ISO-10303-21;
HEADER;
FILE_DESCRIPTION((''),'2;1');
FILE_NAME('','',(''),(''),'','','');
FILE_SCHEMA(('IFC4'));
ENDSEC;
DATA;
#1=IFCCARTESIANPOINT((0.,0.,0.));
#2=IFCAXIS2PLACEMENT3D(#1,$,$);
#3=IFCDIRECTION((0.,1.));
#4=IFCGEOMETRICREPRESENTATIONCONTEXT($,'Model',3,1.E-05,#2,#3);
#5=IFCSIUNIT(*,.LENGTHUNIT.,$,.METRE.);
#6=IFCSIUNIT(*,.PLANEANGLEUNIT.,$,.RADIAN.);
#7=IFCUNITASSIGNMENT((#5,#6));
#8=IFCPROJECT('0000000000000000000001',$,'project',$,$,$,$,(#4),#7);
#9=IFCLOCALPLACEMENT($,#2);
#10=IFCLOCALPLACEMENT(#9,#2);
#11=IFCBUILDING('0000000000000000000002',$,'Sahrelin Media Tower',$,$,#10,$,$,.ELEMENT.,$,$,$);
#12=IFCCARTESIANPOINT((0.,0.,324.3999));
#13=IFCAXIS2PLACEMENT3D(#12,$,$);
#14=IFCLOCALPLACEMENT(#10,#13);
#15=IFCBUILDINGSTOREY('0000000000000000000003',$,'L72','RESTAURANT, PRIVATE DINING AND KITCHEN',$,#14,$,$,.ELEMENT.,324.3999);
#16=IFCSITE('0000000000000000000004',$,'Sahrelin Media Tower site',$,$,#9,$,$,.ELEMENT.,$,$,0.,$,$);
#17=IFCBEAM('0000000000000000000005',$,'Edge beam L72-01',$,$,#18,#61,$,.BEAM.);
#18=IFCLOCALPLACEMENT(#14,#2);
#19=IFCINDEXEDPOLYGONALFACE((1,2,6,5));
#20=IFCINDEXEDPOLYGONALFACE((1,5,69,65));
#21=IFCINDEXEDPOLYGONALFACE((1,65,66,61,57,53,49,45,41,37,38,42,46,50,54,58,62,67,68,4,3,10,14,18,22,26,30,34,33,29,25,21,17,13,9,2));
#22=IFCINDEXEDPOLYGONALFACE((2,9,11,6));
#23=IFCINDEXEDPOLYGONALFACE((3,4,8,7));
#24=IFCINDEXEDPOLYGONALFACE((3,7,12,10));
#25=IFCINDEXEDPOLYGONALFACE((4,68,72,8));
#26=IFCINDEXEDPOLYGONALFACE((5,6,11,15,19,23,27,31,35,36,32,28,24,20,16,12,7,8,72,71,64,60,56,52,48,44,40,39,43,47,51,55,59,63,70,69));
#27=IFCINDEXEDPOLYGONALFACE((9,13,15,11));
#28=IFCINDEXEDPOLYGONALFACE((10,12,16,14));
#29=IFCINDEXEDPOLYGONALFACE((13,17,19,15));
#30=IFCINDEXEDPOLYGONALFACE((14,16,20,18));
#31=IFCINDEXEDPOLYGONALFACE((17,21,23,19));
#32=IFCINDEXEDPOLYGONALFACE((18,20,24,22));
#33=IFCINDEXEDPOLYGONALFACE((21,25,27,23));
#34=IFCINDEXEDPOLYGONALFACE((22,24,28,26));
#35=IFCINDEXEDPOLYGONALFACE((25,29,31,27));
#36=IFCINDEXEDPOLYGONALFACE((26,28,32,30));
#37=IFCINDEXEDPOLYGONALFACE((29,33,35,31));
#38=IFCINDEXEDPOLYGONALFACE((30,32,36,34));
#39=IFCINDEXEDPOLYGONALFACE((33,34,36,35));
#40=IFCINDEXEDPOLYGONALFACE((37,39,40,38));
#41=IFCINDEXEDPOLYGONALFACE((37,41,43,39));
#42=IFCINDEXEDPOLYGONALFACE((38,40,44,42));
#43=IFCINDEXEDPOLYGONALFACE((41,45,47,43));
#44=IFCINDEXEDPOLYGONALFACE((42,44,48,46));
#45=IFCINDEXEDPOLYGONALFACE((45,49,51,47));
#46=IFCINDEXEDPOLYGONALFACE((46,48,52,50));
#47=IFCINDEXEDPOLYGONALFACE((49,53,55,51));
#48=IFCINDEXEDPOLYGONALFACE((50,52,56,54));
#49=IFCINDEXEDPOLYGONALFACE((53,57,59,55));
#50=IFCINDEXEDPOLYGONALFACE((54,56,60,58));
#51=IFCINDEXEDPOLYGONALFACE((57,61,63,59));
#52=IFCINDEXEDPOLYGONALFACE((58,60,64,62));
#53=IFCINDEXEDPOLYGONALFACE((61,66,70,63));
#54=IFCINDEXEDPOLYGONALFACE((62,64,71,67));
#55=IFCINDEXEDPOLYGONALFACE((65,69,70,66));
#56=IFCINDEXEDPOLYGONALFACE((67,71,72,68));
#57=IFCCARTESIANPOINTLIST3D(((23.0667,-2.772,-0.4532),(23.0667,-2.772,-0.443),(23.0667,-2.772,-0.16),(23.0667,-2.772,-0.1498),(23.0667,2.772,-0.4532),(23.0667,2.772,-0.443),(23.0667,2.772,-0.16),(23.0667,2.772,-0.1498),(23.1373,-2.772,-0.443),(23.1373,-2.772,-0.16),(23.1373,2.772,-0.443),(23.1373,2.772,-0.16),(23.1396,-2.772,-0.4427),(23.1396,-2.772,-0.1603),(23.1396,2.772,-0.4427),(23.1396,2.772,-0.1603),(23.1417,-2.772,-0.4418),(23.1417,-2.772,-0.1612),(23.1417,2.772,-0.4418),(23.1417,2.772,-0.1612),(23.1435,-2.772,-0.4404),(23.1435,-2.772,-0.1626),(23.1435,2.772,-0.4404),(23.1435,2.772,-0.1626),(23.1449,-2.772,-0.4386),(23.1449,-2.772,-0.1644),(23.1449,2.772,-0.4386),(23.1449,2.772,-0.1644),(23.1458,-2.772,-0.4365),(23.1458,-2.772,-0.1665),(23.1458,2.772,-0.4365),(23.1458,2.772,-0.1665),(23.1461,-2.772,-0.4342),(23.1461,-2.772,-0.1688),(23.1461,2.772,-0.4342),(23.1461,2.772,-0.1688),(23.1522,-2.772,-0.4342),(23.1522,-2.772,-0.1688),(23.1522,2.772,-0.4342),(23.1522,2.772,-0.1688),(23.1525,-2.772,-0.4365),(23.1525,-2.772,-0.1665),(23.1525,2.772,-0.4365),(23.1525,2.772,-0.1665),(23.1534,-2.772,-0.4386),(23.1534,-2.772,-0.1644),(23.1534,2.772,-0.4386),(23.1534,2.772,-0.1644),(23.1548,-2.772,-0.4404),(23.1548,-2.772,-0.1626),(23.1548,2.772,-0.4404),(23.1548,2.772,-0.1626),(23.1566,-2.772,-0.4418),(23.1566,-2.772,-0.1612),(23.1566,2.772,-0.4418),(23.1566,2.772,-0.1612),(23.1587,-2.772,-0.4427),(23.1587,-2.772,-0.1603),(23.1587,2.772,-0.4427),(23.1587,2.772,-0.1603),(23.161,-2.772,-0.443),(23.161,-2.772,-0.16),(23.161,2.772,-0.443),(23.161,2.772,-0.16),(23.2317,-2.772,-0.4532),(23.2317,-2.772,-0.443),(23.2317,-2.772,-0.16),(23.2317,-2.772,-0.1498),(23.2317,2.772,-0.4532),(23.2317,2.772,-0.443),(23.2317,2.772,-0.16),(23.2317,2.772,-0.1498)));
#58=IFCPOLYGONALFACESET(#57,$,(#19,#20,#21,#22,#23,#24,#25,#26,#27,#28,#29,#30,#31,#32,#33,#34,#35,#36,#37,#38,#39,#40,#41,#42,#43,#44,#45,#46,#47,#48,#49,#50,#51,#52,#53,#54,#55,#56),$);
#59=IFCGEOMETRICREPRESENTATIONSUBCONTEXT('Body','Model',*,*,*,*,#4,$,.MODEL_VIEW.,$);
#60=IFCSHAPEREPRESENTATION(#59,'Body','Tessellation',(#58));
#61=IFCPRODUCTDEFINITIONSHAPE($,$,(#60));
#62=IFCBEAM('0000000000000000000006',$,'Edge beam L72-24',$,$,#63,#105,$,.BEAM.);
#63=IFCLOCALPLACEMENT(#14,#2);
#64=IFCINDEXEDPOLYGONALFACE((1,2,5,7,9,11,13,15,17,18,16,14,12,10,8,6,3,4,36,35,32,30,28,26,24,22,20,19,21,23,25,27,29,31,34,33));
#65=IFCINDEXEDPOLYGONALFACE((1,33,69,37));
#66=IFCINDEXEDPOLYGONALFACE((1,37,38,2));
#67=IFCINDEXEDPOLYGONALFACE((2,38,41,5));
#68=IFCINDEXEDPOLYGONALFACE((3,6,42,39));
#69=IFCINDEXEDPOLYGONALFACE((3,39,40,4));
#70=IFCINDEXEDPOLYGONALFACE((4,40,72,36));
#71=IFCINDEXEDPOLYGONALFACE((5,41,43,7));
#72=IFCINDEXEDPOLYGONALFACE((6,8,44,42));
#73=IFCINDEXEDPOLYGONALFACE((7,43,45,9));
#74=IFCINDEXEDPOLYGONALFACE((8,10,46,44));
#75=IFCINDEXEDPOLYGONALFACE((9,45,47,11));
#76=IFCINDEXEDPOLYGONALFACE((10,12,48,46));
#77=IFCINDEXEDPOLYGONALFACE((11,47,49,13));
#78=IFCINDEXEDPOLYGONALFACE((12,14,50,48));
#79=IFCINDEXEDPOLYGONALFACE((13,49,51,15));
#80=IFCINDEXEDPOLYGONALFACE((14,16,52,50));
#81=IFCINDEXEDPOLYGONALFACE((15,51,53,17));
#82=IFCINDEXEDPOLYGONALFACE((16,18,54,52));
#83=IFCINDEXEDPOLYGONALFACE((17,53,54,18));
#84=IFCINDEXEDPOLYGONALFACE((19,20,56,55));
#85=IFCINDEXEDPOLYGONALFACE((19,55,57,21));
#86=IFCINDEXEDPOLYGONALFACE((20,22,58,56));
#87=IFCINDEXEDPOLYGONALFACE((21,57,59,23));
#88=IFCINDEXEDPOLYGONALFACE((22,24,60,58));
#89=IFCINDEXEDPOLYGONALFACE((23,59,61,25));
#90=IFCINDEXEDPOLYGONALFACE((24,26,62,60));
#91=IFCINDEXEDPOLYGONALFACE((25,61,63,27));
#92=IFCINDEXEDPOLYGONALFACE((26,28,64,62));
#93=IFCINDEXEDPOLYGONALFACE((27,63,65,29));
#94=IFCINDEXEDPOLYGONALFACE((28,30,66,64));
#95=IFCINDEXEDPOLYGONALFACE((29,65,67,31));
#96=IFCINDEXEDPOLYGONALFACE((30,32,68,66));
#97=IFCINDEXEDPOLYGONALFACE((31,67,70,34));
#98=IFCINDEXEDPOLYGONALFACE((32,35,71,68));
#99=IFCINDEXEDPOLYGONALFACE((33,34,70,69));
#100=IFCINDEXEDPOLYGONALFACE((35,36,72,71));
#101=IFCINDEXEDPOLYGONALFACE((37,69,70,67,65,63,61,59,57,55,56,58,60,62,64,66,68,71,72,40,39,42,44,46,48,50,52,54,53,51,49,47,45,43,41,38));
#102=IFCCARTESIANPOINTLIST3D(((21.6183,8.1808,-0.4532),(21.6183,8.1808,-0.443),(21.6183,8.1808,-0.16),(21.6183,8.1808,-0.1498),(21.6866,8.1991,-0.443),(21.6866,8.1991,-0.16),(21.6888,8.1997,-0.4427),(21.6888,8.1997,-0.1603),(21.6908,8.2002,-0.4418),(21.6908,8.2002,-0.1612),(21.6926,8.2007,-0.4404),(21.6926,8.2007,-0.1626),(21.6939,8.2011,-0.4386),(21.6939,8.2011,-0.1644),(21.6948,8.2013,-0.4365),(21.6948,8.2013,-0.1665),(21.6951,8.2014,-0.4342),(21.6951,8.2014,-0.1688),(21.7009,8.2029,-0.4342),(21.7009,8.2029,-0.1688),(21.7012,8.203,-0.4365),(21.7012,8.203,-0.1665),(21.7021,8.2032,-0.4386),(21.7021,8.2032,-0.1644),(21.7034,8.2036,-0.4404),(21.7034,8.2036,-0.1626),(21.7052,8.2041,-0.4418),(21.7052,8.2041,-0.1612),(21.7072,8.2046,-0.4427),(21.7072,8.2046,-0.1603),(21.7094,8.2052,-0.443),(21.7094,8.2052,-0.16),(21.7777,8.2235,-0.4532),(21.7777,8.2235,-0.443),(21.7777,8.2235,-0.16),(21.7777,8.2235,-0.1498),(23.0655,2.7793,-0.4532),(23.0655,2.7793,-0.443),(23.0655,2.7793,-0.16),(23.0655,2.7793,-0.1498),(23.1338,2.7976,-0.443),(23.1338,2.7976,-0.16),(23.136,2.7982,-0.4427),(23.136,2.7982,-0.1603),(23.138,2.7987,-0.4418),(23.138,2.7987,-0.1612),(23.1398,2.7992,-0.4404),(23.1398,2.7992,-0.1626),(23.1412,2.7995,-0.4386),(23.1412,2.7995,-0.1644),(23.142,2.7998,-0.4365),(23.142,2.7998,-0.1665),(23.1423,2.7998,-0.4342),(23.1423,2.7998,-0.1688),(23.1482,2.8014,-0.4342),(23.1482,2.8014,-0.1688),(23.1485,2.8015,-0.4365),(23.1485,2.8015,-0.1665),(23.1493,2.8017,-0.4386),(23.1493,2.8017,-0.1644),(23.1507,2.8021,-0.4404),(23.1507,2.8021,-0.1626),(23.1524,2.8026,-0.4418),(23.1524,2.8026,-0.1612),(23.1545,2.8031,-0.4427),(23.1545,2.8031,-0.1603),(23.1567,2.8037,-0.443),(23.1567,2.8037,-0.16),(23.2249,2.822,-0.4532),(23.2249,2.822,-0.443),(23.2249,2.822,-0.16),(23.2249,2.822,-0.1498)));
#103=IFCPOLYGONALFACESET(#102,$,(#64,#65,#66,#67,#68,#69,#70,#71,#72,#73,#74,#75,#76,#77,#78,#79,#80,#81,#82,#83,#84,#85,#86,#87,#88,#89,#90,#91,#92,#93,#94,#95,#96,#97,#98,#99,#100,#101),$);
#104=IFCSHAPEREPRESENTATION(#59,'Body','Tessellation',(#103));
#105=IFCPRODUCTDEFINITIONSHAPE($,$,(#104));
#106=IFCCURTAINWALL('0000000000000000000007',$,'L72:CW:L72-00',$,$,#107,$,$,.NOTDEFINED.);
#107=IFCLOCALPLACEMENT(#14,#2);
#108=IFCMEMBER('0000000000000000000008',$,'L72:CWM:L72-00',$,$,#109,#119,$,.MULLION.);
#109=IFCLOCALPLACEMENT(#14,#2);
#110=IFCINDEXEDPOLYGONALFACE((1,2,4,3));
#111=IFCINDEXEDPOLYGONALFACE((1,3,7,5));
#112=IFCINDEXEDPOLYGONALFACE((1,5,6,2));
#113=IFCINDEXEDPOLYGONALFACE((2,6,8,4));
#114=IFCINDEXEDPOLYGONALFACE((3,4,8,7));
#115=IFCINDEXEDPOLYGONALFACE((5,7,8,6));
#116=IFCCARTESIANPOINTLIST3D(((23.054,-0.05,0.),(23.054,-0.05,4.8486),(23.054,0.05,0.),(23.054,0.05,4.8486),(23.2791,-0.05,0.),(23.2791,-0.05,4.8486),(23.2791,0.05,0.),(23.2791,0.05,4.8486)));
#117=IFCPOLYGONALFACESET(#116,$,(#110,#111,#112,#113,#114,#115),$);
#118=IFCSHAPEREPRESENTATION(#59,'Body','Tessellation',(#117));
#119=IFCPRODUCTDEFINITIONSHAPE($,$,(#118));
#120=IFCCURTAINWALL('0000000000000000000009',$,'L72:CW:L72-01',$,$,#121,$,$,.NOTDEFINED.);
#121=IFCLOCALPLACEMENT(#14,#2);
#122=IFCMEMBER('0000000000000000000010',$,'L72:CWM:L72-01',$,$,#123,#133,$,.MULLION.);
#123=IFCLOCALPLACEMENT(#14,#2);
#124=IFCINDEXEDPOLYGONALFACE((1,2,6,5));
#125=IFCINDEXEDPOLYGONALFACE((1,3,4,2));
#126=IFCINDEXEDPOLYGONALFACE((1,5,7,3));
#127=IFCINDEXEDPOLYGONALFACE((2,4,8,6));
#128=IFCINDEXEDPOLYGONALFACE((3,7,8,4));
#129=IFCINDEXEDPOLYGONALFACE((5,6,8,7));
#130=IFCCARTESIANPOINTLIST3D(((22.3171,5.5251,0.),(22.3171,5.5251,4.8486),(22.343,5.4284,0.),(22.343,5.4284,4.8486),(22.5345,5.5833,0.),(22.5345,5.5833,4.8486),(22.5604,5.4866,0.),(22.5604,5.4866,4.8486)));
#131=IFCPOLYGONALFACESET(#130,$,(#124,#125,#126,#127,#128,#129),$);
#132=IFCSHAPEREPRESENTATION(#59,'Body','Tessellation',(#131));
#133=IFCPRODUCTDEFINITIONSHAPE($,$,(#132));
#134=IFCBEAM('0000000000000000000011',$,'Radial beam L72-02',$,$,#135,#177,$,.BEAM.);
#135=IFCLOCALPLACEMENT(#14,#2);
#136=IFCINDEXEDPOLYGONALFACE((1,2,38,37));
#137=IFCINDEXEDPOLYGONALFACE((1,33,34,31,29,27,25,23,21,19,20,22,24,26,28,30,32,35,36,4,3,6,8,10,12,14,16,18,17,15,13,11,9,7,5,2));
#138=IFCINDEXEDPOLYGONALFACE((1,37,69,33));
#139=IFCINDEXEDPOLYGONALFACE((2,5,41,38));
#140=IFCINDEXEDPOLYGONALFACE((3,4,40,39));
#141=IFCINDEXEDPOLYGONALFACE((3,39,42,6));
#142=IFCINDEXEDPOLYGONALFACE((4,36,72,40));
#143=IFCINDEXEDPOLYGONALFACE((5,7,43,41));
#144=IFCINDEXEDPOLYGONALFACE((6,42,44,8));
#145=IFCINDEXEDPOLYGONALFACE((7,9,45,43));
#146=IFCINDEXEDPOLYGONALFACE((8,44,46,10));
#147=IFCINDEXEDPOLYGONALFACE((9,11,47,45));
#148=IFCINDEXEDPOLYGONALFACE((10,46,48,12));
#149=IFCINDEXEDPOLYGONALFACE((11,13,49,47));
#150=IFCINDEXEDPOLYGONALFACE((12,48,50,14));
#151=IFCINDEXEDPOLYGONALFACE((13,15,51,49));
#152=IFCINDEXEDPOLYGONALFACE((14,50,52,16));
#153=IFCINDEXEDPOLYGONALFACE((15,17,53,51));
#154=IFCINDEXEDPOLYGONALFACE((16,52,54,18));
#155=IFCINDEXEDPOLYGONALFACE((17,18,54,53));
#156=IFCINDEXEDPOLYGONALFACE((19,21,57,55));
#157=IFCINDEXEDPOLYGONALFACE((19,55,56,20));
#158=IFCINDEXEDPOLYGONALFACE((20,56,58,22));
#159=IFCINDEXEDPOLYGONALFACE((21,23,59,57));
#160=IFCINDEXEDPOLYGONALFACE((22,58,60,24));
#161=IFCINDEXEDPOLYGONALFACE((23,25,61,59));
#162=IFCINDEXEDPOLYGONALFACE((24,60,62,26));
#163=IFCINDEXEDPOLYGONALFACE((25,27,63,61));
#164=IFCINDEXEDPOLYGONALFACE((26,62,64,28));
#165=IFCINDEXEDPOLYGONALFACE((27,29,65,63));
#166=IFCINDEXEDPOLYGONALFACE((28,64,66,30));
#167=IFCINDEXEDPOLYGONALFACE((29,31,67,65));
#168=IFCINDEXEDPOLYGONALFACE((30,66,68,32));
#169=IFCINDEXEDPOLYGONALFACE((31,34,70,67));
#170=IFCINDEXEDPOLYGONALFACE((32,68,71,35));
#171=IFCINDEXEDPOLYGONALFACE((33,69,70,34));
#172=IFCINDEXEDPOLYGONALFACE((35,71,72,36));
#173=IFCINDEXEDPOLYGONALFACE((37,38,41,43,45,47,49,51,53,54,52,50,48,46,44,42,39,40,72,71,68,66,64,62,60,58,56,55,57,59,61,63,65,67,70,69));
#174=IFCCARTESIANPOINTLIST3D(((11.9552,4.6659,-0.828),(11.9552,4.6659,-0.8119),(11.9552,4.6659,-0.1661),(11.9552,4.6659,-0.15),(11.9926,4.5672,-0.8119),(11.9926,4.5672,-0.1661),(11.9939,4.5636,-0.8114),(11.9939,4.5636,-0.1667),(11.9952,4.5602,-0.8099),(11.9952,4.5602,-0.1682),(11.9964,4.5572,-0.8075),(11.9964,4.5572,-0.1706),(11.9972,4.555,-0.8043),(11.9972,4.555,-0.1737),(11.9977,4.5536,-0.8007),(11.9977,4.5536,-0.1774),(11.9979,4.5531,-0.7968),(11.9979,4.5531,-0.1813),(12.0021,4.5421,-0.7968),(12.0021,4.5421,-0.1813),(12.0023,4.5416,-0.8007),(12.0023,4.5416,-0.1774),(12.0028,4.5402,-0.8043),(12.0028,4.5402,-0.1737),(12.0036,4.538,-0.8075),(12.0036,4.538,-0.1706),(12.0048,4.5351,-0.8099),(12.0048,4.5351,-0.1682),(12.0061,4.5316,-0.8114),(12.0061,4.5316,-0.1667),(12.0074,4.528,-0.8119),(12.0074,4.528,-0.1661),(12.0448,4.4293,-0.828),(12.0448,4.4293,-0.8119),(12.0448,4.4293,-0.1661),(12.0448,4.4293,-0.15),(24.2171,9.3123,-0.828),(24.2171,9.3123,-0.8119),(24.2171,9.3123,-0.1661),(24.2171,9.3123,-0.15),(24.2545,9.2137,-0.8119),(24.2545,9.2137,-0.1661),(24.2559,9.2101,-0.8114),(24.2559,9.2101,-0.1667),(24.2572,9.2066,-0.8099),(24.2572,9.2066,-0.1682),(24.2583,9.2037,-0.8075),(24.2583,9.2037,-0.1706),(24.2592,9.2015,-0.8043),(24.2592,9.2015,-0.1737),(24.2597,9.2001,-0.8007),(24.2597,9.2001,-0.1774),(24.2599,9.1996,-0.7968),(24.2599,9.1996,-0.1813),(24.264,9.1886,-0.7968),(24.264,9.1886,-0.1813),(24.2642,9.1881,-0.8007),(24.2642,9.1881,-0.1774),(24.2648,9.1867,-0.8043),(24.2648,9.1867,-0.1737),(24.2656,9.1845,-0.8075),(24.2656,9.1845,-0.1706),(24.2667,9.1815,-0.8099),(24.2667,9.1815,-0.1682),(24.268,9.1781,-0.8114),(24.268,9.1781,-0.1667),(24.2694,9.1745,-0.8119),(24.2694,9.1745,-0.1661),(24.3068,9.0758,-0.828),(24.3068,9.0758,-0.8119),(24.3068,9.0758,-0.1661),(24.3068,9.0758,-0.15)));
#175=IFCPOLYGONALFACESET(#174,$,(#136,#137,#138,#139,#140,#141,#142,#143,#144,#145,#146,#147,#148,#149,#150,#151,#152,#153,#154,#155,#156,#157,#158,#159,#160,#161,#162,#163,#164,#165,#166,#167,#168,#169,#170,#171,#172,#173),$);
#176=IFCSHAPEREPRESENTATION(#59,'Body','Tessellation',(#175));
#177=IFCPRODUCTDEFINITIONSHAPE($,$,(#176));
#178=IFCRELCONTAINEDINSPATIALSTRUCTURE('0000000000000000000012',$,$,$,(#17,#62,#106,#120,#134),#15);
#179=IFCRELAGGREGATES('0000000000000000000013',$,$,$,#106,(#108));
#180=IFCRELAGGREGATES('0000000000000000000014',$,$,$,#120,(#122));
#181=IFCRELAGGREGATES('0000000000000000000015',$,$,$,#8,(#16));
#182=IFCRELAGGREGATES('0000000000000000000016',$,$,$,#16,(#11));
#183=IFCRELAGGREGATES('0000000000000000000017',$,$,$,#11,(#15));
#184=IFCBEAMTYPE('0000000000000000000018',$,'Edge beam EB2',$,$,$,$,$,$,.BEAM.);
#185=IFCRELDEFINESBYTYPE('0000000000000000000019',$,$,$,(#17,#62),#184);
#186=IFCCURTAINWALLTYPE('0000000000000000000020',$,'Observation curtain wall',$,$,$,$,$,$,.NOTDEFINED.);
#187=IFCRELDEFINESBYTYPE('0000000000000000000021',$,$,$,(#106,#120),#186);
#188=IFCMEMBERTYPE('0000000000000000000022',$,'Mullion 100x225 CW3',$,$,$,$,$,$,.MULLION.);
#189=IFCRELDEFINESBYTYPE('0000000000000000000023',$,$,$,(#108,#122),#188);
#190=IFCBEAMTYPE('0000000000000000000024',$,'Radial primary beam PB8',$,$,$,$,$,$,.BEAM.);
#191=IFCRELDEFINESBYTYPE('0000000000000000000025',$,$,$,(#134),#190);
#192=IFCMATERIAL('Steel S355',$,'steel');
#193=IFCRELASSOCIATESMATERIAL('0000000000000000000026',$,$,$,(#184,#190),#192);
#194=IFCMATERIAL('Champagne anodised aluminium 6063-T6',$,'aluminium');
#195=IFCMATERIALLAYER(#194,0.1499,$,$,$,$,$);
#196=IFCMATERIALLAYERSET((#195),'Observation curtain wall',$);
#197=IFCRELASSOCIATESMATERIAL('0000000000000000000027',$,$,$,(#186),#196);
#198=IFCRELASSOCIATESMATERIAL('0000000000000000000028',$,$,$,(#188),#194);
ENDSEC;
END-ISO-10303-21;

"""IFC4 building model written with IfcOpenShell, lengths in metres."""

from ifc_helpers import new_model, si_unit, direction, frame, origin, origin_2d, place, context, subcontext, project, spatial, rectangle, i_section, extrude, material, layer, layer_set, material_profile, profile_set, type_object, element, aggregate, save


model = new_model("IFC4")

# Units and contexts
model_context = context("Model", 3, precision=1e-05, world=origin(), true_north=direction((0.0, 1.0)))
body_context = subcontext(model_context, "Body", "Model", "MODEL_VIEW")
ifc_project = project(units=[si_unit("LENGTHUNIT", "METRE"), si_unit("PLANEANGLEUNIT", "RADIAN")], contexts=[model_context])

# Site, building, storey
site_placement = place(None, origin())
site = spatial("IfcSite", under=ifc_project, at=site_placement, Name="Sahrelin Media Tower site", CompositionType="ELEMENT", RefElevation=0.0)
building_placement = place(site_placement, origin())
building = spatial("IfcBuilding", under=site, at=building_placement, Name="Sahrelin Media Tower", CompositionType="ELEMENT")
storey_placement = place(building_placement, frame((0.0, 0.0, 324.3999)))
storey = spatial("IfcBuildingStorey", under=building, at=storey_placement, Name="L72", Description="RESTAURANT, PRIVATE DINING AND KITCHEN", CompositionType="ELEMENT", Elevation=324.3999)

# Beams
ifc_material_1 = material(Name="Steel S355", Category="steel")
ifc_material_profile_1 = material_profile(ifc_material_1, i_section(OverallWidth=0.165, OverallDepth=0.3035, WebThickness=0.0061, FlangeThickness=0.0103, FilletRadius=0.0088, at=origin_2d()), Name="UB 305x165x40")
ifc_profile_set_1 = profile_set([ifc_material_profile_1], Name="Steel S355")
beam_type_1 = type_object("IfcBeamType", Name="Edge beam EB2", PredefinedType="BEAM", material=ifc_profile_set_1)
beam_1_placement = place(storey_placement, frame((23.1492, 2.772, -0.3015), z_axis=(0.0, -1.0, 0.0), x_axis=(1.0, 0.0, 0.0)))
element("IfcBeam", 1, at=beam_1_placement, inside=storey, type_object=beam_type_1, Name="Edge beam L72-01", PredefinedType="BEAM", context=body_context, shape_type="SweptSolid", body=[
    extrude(i_section(OverallWidth=0.165, OverallDepth=0.3035, WebThickness=0.0061, FlangeThickness=0.0103, FilletRadius=0.0088, at=origin_2d()), origin(), (0.0, 0.0, 1.0), 5.5439),
])
beam_2_placement = place(storey_placement, frame((21.698, 8.2021, -0.3015), z_axis=(0.258804, -0.96593, 0.0), x_axis=(0.96593, 0.258804, 0.0)))
element("IfcBeam", 2, at=beam_2_placement, inside=storey, type_object=beam_type_1, Name="Edge beam L72-24", PredefinedType="BEAM", context=body_context, shape_type="SweptSolid", body=[
    extrude(i_section(OverallWidth=0.165, OverallDepth=0.3035, WebThickness=0.0061, FlangeThickness=0.0103, FilletRadius=0.0088, at=origin_2d()), origin(), (0.0, 0.0, 1.0), 5.592),
])

# Curtain walls, members
ifc_material_2 = material(Name="Champagne anodised aluminium 6063-T6", Category="aluminium")
ifc_layer_1 = layer(ifc_material_2, 0.1499)
ifc_layer_set_1 = layer_set([ifc_layer_1], Name="Observation curtain wall")
curtain_wall_type = type_object("IfcCurtainWallType", Name="Observation curtain wall", PredefinedType="NOTDEFINED", material=ifc_layer_set_1)
curtain_wall_1_placement = place(storey_placement, frame((23.2991, 0.0, 0.0), z_axis=(0.0, 0.0, 1.0), x_axis=(1.0, 0.0, 0.0)))
curtain_wall_1 = element("IfcCurtainWall", 3, at=curtain_wall_1_placement, inside=storey, type_object=curtain_wall_type, Name="L72:CW:L72-00", PredefinedType="NOTDEFINED")
ifc_material_profile_2 = material_profile(ifc_material_2, rectangle(XDim=0.1001, YDim=0.2251, at=origin_2d()), Name="Mullion 100x225")
ifc_profile_set_2 = profile_set([ifc_material_profile_2], Name="Champagne anodised aluminium 6063-T6")
member_type_1 = type_object("IfcMemberType", Name="Mullion 100x225 CW3", PredefinedType="MULLION", material=ifc_profile_set_2)
member_1_placement = place(storey_placement, frame((23.1665, 0.0, 0.0), z_axis=(0.0, 0.0, 1.0), x_axis=(0.0, 1.0, 0.0)))
member_1 = element("IfcMember", 4, at=member_1_placement, type_object=member_type_1, Name="L72:CWM:L72-00", PredefinedType="MULLION", context=body_context, shape_type="SweptSolid", body=[
    extrude(rectangle(XDim=0.1001, YDim=0.2251, at=origin_2d()), origin(), (0.0, 0.0, 1.0), 4.8486),
])
aggregate(curtain_wall_1, [member_1])
curtain_wall_2_placement = place(storey_placement, frame((22.5664, 5.5403, 0.0), z_axis=(0.0, 0.0, 1.0), x_axis=(1.0, 0.0, 0.0)))
curtain_wall_2 = element("IfcCurtainWall", 5, at=curtain_wall_2_placement, inside=storey, type_object=curtain_wall_type, Name="L72:CW:L72-01", PredefinedType="NOTDEFINED")
member_2_placement = place(storey_placement, frame((22.4387, 5.5059, 0.0), z_axis=(0.0, 0.0, 1.0), x_axis=(-0.258816, 0.965927, 0.0)))
member_2 = element("IfcMember", 6, at=member_2_placement, type_object=member_type_1, Name="L72:CWM:L72-01", PredefinedType="MULLION", context=body_context, shape_type="SweptSolid", body=[
    extrude(rectangle(XDim=0.1001, YDim=0.2251, at=origin_2d()), origin(), (0.0, 0.0, 1.0), 4.8486),
])

# Beam
ifc_material_profile_3 = material_profile(ifc_material_1, i_section(OverallWidth=0.2529, OverallDepth=0.678, WebThickness=0.0117, FlangeThickness=0.0161, FilletRadius=0.0151, at=origin_2d()), Name="UB 686x254x125")
ifc_profile_set_3 = profile_set([ifc_material_profile_3], Name="Steel S355")
beam_type_2 = type_object("IfcBeamType", Name="Radial primary beam PB8", PredefinedType="BEAM", material=ifc_profile_set_3)
beam_3_placement = place(storey_placement, frame((12.0, 4.5476, -0.489), z_axis=(0.935114, 0.354347, 0.0), x_axis=(-0.354347, 0.935114, 0.0)))
element("IfcBeam", 7, at=beam_3_placement, inside=storey, type_object=beam_type_2, Name="Radial beam L72-02", PredefinedType="BEAM", context=body_context, shape_type="SweptSolid", body=[
    extrude(i_section(OverallWidth=0.2529, OverallDepth=0.678, WebThickness=0.0117, FlangeThickness=0.0161, FilletRadius=0.0151, at=origin_2d()), origin(), (0.0, 0.0, 1.0), 13.1128),
])

aggregate(curtain_wall_2, [member_2])

save(model, "model.ifc")
